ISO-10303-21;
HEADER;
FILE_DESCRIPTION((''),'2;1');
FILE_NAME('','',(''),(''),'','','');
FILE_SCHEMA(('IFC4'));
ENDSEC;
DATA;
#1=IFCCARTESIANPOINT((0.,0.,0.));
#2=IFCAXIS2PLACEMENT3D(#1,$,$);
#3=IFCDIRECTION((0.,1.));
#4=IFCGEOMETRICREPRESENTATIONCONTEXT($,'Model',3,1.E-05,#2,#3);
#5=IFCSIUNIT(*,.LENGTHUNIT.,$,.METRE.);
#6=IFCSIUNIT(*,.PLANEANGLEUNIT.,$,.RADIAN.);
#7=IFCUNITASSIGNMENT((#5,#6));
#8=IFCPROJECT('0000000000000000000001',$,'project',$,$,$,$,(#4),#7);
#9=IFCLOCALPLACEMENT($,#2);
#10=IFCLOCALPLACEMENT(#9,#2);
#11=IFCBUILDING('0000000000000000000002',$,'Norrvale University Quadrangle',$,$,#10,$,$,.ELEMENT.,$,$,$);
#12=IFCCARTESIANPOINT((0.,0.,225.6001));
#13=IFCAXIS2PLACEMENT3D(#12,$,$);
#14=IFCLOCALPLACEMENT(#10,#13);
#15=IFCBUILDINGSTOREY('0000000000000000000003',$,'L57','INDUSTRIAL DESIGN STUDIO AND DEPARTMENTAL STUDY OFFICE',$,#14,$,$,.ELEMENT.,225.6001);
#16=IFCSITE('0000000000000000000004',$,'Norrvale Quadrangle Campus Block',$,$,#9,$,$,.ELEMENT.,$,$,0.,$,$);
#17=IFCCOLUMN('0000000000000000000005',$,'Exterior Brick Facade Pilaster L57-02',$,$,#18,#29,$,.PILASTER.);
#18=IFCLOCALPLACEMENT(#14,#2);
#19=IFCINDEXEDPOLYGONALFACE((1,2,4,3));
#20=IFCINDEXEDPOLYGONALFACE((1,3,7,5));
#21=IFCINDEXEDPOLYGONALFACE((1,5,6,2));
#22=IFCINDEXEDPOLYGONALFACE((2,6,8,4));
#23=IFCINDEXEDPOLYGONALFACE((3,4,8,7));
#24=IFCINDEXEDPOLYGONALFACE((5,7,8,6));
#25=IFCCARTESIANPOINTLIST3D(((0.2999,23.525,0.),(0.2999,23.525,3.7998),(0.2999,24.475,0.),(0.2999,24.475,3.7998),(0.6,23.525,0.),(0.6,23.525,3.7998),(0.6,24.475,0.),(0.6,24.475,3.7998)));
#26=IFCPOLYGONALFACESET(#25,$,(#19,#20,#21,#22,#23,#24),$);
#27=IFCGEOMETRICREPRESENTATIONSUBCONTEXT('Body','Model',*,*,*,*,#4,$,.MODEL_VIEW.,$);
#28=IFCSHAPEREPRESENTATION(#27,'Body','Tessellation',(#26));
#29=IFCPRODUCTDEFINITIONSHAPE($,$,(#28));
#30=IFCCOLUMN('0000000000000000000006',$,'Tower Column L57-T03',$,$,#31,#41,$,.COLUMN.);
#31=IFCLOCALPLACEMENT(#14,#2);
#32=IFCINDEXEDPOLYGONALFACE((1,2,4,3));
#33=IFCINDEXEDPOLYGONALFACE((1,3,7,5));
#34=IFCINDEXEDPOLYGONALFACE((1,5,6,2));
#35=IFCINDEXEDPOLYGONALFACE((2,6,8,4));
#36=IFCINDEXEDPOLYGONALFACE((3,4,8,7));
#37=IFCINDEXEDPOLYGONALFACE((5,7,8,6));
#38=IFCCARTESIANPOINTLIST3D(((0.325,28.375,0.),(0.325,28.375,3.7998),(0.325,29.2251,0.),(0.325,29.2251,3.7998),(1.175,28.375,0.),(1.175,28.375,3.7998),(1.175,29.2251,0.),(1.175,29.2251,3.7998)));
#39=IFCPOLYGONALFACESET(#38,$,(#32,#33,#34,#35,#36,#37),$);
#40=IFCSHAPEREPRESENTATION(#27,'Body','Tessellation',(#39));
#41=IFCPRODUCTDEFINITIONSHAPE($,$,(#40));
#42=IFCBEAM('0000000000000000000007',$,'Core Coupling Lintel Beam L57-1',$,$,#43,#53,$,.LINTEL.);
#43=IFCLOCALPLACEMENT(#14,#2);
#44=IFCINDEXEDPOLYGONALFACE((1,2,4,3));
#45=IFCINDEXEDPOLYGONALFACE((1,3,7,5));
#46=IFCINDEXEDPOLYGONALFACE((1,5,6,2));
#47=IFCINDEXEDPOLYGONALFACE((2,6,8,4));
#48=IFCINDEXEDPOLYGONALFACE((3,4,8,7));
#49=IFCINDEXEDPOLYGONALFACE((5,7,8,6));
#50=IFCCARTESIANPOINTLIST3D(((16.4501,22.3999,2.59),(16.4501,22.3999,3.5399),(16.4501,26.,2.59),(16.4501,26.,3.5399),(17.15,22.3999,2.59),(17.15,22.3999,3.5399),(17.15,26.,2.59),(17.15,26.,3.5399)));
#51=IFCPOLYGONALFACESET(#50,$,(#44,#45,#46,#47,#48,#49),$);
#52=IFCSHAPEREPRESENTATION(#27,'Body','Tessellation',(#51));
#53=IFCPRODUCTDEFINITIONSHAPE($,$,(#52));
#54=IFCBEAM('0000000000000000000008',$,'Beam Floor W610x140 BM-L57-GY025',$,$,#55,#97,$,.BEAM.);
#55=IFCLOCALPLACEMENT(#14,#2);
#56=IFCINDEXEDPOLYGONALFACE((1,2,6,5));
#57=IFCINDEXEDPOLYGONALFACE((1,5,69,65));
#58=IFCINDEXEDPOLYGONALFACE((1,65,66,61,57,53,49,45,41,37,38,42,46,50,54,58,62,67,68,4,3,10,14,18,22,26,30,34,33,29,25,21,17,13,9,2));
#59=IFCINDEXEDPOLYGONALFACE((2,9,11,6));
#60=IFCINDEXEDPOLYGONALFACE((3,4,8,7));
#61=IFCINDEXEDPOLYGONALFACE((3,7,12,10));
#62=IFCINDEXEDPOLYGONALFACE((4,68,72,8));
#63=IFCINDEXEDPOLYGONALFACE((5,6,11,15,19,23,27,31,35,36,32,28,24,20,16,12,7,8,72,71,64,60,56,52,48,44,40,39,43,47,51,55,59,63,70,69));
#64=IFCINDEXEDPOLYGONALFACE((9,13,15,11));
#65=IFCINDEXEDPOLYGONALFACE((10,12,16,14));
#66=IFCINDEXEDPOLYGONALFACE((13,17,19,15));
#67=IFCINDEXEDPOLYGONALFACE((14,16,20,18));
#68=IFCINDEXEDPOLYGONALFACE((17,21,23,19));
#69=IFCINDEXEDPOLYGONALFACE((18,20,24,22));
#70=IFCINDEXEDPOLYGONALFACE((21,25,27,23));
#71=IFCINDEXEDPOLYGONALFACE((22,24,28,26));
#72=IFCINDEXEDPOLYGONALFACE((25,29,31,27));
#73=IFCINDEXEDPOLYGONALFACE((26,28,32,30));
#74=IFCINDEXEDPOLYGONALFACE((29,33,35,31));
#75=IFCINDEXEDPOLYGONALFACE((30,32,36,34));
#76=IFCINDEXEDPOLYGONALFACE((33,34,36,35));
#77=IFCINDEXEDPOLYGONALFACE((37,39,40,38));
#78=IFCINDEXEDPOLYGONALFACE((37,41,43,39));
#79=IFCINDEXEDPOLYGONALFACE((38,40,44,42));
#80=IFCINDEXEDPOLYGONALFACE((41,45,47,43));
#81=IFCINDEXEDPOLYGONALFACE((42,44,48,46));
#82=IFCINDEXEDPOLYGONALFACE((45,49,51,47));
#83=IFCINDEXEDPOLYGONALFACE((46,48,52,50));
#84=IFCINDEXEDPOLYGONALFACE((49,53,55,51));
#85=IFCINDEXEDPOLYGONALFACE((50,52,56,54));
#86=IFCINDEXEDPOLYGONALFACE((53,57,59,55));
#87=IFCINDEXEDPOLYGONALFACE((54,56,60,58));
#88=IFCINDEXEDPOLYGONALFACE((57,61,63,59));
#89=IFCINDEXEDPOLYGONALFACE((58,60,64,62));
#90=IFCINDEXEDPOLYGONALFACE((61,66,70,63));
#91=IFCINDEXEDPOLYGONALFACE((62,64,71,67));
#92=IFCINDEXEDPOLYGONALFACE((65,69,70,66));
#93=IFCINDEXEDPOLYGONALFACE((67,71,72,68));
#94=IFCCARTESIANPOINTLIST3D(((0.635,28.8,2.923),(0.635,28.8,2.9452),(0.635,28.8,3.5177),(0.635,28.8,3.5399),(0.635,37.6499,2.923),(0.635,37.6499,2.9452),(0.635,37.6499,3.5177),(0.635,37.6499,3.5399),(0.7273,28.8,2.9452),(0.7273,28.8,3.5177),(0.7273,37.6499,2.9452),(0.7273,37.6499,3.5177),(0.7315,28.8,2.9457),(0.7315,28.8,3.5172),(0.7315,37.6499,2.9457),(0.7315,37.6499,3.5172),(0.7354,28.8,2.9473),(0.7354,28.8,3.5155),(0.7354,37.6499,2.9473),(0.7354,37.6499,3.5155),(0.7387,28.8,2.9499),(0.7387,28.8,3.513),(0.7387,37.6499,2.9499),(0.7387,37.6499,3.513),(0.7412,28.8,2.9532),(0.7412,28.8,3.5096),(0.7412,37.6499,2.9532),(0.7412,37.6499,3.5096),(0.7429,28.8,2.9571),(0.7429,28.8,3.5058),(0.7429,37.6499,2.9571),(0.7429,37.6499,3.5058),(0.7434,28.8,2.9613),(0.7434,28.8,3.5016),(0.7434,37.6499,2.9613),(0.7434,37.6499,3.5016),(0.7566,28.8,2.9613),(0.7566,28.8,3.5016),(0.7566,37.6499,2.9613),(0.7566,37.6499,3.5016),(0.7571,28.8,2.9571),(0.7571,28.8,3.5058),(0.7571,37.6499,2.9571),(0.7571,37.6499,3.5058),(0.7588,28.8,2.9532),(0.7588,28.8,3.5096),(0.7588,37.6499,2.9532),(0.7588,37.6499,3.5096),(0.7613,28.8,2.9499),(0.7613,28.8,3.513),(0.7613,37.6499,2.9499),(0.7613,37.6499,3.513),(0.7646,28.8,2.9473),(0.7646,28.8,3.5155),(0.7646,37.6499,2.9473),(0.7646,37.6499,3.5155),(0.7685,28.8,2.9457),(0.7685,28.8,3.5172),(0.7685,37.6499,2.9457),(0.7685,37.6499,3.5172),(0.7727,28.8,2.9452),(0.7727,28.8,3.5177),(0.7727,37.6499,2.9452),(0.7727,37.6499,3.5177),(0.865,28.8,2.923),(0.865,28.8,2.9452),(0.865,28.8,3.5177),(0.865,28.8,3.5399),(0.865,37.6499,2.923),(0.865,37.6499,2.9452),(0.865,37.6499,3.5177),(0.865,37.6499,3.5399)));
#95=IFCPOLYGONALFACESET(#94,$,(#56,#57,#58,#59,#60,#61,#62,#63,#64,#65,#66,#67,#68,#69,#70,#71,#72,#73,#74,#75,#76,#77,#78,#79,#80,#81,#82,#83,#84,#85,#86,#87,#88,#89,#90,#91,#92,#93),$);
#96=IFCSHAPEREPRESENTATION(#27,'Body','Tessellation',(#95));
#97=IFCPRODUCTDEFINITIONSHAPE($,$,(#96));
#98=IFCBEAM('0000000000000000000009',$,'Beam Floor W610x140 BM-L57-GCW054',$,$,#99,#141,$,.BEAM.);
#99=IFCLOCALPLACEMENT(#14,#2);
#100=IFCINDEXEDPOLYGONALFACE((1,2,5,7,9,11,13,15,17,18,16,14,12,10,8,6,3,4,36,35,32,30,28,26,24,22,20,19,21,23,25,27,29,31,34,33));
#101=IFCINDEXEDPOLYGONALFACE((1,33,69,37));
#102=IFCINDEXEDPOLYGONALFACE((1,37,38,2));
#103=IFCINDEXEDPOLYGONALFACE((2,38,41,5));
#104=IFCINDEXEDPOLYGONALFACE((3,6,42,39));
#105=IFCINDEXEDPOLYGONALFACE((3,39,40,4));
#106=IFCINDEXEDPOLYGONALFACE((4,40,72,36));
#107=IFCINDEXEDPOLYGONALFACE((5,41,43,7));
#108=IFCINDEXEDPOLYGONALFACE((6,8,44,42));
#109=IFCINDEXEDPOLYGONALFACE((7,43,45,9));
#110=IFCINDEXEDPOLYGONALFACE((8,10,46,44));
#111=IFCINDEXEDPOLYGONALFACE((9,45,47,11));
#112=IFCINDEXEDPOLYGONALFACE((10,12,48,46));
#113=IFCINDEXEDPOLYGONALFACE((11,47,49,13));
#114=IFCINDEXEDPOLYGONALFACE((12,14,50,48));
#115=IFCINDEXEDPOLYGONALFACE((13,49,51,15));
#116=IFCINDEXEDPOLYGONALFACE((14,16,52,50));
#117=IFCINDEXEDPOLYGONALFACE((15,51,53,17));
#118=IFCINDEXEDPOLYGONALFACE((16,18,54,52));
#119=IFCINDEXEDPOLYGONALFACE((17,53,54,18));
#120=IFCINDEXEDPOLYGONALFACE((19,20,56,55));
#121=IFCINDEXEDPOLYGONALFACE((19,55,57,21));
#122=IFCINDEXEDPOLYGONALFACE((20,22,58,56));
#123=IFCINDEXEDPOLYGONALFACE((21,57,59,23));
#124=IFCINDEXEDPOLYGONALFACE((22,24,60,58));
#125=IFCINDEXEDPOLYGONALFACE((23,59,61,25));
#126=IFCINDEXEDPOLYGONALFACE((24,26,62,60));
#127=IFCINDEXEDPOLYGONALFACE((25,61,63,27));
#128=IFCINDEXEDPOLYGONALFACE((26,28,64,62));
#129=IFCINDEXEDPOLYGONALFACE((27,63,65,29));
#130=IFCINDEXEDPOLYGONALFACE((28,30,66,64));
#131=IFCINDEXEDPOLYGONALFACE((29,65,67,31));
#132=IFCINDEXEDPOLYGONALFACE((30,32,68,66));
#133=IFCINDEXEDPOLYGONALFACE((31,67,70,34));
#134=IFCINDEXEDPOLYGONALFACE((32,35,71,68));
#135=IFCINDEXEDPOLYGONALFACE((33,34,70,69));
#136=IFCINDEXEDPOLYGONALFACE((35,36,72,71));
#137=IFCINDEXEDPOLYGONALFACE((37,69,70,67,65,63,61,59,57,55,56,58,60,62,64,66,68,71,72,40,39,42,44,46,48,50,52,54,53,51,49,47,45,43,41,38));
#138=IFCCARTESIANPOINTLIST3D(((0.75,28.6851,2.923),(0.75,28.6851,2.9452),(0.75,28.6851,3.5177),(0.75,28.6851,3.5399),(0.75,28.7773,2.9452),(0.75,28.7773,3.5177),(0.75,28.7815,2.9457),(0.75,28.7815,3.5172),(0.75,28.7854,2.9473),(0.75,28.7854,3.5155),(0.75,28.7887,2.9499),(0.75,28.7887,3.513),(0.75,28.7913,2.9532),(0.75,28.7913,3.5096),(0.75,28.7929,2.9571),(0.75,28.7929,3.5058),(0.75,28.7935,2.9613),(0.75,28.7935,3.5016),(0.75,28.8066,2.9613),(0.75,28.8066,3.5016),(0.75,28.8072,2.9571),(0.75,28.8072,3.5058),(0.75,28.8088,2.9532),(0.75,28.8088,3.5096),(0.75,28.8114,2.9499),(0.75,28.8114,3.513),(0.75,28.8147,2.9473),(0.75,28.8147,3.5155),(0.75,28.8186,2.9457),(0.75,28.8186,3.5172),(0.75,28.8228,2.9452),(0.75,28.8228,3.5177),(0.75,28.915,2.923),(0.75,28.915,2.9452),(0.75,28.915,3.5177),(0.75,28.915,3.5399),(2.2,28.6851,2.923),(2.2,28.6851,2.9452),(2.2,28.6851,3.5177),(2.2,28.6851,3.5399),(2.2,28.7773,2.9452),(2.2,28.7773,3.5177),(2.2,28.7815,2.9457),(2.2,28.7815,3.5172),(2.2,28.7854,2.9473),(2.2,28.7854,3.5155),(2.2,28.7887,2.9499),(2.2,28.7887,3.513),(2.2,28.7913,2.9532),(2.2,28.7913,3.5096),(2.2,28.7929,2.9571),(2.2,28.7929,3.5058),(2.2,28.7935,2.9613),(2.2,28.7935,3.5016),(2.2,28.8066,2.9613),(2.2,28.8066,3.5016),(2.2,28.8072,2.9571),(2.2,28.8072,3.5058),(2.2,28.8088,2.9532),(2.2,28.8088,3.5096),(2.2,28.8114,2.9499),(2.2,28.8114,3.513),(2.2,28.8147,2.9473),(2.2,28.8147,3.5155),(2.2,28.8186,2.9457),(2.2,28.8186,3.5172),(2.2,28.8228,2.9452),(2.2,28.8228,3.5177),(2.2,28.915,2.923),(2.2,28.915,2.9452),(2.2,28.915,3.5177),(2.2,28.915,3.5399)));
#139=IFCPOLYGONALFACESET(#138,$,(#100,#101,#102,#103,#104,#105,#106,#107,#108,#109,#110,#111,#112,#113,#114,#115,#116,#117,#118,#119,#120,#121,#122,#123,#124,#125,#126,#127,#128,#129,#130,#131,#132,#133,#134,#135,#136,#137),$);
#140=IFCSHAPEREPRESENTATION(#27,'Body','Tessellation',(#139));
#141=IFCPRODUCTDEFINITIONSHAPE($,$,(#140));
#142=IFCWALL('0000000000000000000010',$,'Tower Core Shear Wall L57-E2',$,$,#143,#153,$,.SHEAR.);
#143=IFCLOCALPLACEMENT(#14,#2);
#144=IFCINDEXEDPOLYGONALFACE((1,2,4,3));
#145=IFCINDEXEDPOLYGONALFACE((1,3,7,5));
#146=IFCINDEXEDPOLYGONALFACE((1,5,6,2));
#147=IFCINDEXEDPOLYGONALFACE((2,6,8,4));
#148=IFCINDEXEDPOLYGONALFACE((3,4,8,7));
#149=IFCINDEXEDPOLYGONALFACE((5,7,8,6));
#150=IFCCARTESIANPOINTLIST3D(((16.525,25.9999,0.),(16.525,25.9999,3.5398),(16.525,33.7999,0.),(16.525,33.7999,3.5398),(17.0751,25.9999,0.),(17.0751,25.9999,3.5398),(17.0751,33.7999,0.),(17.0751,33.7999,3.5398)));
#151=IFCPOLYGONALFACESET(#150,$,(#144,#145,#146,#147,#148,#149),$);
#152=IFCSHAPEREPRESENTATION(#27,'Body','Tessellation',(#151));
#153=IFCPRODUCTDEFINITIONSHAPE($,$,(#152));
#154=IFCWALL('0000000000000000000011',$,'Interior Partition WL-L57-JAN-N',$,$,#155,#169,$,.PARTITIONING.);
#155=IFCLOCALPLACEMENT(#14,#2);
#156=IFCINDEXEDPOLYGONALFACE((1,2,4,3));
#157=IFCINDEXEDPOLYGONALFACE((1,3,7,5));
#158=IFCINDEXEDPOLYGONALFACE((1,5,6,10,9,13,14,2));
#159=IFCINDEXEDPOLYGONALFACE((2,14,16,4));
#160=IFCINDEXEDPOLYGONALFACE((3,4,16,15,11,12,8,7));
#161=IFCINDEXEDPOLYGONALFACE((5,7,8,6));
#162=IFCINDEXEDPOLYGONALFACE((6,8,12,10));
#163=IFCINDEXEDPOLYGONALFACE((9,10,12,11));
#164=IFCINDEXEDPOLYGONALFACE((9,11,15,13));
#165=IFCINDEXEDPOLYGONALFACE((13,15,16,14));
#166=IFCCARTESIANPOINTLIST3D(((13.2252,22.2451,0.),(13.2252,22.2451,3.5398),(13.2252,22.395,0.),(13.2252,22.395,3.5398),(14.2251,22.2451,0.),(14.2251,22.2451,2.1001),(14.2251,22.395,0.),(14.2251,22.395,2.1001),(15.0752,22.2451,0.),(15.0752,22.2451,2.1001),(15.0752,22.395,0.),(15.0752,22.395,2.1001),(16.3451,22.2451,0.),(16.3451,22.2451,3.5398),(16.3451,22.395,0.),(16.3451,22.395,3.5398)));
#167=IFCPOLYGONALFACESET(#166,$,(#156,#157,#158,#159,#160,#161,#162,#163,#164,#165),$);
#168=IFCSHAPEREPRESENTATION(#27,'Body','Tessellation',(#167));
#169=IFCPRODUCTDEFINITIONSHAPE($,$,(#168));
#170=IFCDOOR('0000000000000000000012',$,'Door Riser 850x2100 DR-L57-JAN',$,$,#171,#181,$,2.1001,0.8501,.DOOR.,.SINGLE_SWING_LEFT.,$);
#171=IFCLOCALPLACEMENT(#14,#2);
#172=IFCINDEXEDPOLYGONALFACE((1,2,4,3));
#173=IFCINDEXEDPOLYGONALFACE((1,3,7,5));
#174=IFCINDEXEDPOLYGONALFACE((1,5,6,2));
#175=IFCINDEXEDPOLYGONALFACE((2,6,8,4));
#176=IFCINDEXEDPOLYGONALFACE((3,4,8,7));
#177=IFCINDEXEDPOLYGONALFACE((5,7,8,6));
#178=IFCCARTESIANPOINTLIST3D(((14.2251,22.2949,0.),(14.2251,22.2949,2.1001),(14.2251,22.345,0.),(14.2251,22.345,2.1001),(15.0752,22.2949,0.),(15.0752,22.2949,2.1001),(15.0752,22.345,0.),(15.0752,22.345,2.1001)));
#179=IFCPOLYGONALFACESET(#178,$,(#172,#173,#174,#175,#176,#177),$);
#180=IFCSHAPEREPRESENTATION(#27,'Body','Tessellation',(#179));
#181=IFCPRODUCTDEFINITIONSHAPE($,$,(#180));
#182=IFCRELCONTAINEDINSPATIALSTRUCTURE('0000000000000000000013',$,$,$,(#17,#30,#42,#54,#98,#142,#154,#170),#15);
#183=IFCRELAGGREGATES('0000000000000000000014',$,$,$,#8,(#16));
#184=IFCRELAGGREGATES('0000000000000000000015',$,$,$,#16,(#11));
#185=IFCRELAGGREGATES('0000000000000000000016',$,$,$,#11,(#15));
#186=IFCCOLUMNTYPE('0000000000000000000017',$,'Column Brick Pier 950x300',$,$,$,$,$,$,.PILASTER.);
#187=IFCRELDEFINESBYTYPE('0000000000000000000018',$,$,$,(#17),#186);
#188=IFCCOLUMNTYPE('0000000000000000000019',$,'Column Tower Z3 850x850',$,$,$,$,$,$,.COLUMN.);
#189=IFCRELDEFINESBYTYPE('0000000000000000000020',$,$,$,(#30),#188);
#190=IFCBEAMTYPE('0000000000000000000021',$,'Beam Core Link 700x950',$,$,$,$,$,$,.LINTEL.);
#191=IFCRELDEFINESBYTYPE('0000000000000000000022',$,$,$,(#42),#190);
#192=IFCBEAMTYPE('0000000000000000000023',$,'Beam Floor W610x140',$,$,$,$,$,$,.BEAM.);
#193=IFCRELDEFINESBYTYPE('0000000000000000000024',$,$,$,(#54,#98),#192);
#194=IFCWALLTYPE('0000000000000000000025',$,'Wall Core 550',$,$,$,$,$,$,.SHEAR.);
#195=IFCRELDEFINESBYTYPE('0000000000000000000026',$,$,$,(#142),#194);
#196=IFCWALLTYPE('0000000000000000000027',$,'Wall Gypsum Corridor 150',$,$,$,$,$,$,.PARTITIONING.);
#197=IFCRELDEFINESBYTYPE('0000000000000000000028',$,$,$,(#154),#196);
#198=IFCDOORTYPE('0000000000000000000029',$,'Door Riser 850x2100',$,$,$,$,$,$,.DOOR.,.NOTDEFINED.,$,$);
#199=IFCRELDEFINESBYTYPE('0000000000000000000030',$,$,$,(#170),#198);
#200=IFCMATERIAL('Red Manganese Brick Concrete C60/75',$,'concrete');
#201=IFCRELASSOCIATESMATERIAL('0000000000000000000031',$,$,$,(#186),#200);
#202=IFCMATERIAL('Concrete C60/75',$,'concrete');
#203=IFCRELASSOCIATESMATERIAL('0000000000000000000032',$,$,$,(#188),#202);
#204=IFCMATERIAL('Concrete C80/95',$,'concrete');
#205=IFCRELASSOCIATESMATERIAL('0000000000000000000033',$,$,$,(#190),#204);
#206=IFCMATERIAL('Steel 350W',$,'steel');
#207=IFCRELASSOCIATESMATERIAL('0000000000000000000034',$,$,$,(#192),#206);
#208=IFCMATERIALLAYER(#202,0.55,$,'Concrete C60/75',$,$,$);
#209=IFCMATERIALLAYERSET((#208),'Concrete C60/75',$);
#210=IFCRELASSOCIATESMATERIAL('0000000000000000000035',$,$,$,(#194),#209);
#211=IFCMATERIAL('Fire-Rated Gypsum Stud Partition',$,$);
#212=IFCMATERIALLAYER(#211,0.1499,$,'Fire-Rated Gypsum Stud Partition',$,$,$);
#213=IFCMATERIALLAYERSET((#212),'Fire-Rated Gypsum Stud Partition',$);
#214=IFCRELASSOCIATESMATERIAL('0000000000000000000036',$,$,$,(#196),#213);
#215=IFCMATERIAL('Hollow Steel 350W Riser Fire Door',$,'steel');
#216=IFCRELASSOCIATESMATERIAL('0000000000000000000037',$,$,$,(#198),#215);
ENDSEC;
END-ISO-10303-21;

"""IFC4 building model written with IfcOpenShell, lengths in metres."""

from ifc_helpers import new_model, si_unit, direction, frame, frame_2d, origin, origin_2d, place, context, subcontext, project, spatial, rectangle, i_section, extrude, material, layer, layer_set, material_profile, profile_set, type_object, element, fill, save


model = new_model("IFC4")

# Units and contexts
model_context = context("Model", 3, precision=1e-05, world=origin(), true_north=direction((0.0, 1.0)))
body_context = subcontext(model_context, "Body", "Model", "MODEL_VIEW")
ifc_project = project(units=[si_unit("LENGTHUNIT", "METRE"), si_unit("PLANEANGLEUNIT", "RADIAN")], contexts=[model_context])

# Site, building, storey
site_placement = place(None, origin())
site = spatial("IfcSite", under=ifc_project, at=site_placement, Name="Norrvale Quadrangle Campus Block", CompositionType="ELEMENT", RefElevation=0.0)
building_placement = place(site_placement, origin())
building = spatial("IfcBuilding", under=site, at=building_placement, Name="Norrvale University Quadrangle", CompositionType="ELEMENT")
storey_placement = place(building_placement, frame((0.0, 0.0, 225.6001)))
storey = spatial("IfcBuildingStorey", under=building, at=storey_placement, Name="L57", Description="INDUSTRIAL DESIGN STUDIO AND DEPARTMENTAL STUDY OFFICE", CompositionType="ELEMENT", Elevation=225.6001)

# Columns
ifc_material_1 = material(Name="Red Manganese Brick Concrete C60/75", Category="concrete")
ifc_material_profile_1 = material_profile(ifc_material_1, rectangle(XDim=0.95, YDim=0.3, at=origin_2d()), Name="Red Manganese Brick Concrete C60/75")
ifc_profile_set_1 = profile_set([ifc_material_profile_1], Name="Red Manganese Brick Concrete C60/75")
column_type_1 = type_object("IfcColumnType", Name="Column Brick Pier 950x300", PredefinedType="PILASTER", material=ifc_profile_set_1)
column_1_placement = place(storey_placement, frame((0.45, 24.0, 0.0), z_axis=(0.0, 0.0, 1.0), x_axis=(0.0, 1.0, 0.0)))
element("IfcColumn", 1, at=column_1_placement, inside=storey, type_object=column_type_1, Name="Exterior Brick Facade Pilaster L57-02", PredefinedType="PILASTER", context=body_context, shape_type="SweptSolid", body=[
    extrude(rectangle(XDim=0.95, YDim=0.3, at=origin_2d()), origin(), (0.0, 0.0, 1.0), 3.7998),
])
ifc_material_2 = material(Name="Concrete C60/75", Category="concrete")
ifc_material_profile_2 = material_profile(ifc_material_2, rectangle(XDim=0.8501, YDim=0.8501, at=origin_2d()), Name="Concrete C60/75")
ifc_profile_set_2 = profile_set([ifc_material_profile_2], Name="Concrete C60/75")
column_type_2 = type_object("IfcColumnType", Name="Column Tower Z3 850x850", PredefinedType="COLUMN", material=ifc_profile_set_2)
column_2_placement = place(storey_placement, frame((0.75, 28.8, 0.0), z_axis=(0.0, 0.0, 1.0), x_axis=(1.0, 0.0, 0.0)))
element("IfcColumn", 2, at=column_2_placement, inside=storey, type_object=column_type_2, Name="Tower Column L57-T03", PredefinedType="COLUMN", context=body_context, shape_type="SweptSolid", body=[
    extrude(rectangle(XDim=0.8501, YDim=0.8501, at=origin_2d()), origin(), (0.0, 0.0, 1.0), 3.7998),
])

# Beams
ifc_material_3 = material(Name="Concrete C80/95", Category="concrete")
ifc_material_profile_3 = material_profile(ifc_material_3, rectangle(XDim=0.7, YDim=0.95, at=origin_2d()), Name="Concrete C80/95")
ifc_profile_set_3 = profile_set([ifc_material_profile_3], Name="Concrete C80/95")
beam_type_1 = type_object("IfcBeamType", Name="Beam Core Link 700x950", PredefinedType="LINTEL", material=ifc_profile_set_3)
beam_1_placement = place(storey_placement, frame((16.8, 22.3999, 3.0649), z_axis=(0.0, 1.0, 0.0), x_axis=(-1.0, 0.0, 0.0)))
element("IfcBeam", 3, at=beam_1_placement, inside=storey, type_object=beam_type_1, Name="Core Coupling Lintel Beam L57-1", PredefinedType="LINTEL", context=body_context, shape_type="SweptSolid", body=[
    extrude(rectangle(XDim=0.7, YDim=0.95, at=origin_2d()), origin(), (0.0, 0.0, 1.0), 3.6001),
])
ifc_material_4 = material(Name="Steel 350W", Category="steel")
ifc_material_profile_4 = material_profile(ifc_material_4, i_section(OverallWidth=0.23, OverallDepth=0.6169, WebThickness=0.0132, FlangeThickness=0.0222, FilletRadius=0.0161, at=origin_2d()), Name="Steel 350W")
ifc_profile_set_4 = profile_set([ifc_material_profile_4], Name="Steel 350W")
beam_type_2 = type_object("IfcBeamType", Name="Beam Floor W610x140", PredefinedType="BEAM", material=ifc_profile_set_4)
beam_2_placement = place(storey_placement, frame((0.75, 28.8, 3.2314), z_axis=(0.0, 1.0, 0.0), x_axis=(-1.0, 0.0, 0.0)))
element("IfcBeam", 4, at=beam_2_placement, inside=storey, type_object=beam_type_2, Name="Beam Floor W610x140 BM-L57-GY025", PredefinedType="BEAM", context=body_context, shape_type="SweptSolid", body=[
    extrude(i_section(OverallWidth=0.23, OverallDepth=0.6169, WebThickness=0.0132, FlangeThickness=0.0222, FilletRadius=0.0161, at=origin_2d()), origin(), (0.0, 0.0, 1.0), 8.8499),
])
beam_3_placement = place(storey_placement, frame((0.75, 28.8, 3.2314), z_axis=(1.0, 0.0, 0.0), x_axis=(0.0, 1.0, 0.0)))
element("IfcBeam", 5, at=beam_3_placement, inside=storey, type_object=beam_type_2, Name="Beam Floor W610x140 BM-L57-GCW054", PredefinedType="BEAM", context=body_context, shape_type="SweptSolid", body=[
    extrude(i_section(OverallWidth=0.23, OverallDepth=0.6169, WebThickness=0.0132, FlangeThickness=0.0222, FilletRadius=0.0161, at=origin_2d()), origin(), (0.0, 0.0, 1.0), 1.45),
])

# Wall
ifc_layer_1 = layer(ifc_material_2, 0.55, Name="Concrete C60/75")
ifc_layer_set_1 = layer_set([ifc_layer_1], Name="Concrete C60/75")
wall_type_1 = type_object("IfcWallType", Name="Wall Core 550", PredefinedType="SHEAR", material=ifc_layer_set_1)
wall_1_placement = place(storey_placement, frame((16.8, 26.0, 0.0), z_axis=(0.0, 0.0, 1.0), x_axis=(0.0, 1.0, 0.0)))
element("IfcWall", 6, at=wall_1_placement, inside=storey, type_object=wall_type_1, Name="Tower Core Shear Wall L57-E2", PredefinedType="SHEAR", context=body_context, shape_type="SweptSolid", body=[
    extrude(rectangle(XDim=7.8, YDim=0.55, at=frame_2d((3.8999, 0.0))), origin(), (0.0, 0.0, 1.0), 3.5398),
])

# Wall, opening, door
ifc_material_5 = material(Name="Fire-Rated Gypsum Stud Partition")
ifc_layer_2 = layer(ifc_material_5, 0.1499, Name="Fire-Rated Gypsum Stud Partition")
ifc_layer_set_2 = layer_set([ifc_layer_2], Name="Fire-Rated Gypsum Stud Partition")
wall_type_2 = type_object("IfcWallType", Name="Wall Gypsum Corridor 150", PredefinedType="PARTITIONING", material=ifc_layer_set_2)
wall_2_placement = place(storey_placement, frame((13.2251, 22.3201, 0.0), z_axis=(0.0, 0.0, 1.0), x_axis=(1.0, 0.0, 0.0)))
wall_2 = element("IfcWall", 7, at=wall_2_placement, inside=storey, type_object=wall_type_2, Name="Interior Partition WL-L57-JAN-N", PredefinedType="PARTITIONING", context=body_context, shape_type="SweptSolid", body=[
    extrude(rectangle(XDim=3.1199, YDim=0.1499, at=frame_2d((1.5601, 0.0))), origin(), (0.0, 0.0, 1.0), 3.5398),
])
opening_1_placement = place(wall_2_placement, frame((1.0, 0.0, 0.0)))
opening_1 = element("IfcOpeningElement", 8, at=opening_1_placement, cuts=wall_2, PredefinedType="OPENING", context=body_context, shape_type="SweptSolid", body=[
    extrude(rectangle(XDim=0.8501, YDim=2.1001, at=frame_2d((0.425, 1.05))), frame((0.0, 0.0869, 0.0), z_axis=(0.0, -1.0, 0.0), x_axis=(1.0, 0.0, 0.0)), (0.0, 0.0, 1.0), 0.1738),
])
ifc_material_6 = material(Name="Hollow Steel 350W Riser Fire Door", Category="steel")
door_type_1 = type_object("IfcDoorType", Name="Door Riser 850x2100", OperationType="NOTDEFINED", PredefinedType="DOOR", material=ifc_material_6)
door_1_placement = place(opening_1_placement, origin())
door_1 = element("IfcDoor", 9, at=door_1_placement, inside=storey, type_object=door_type_1, Name="Door Riser 850x2100 DR-L57-JAN", OperationType="SINGLE_SWING_LEFT", OverallHeight=2.1001, OverallWidth=0.8501, PredefinedType="DOOR", context=body_context, shape_type="SweptSolid", body=[
    extrude(rectangle(XDim=0.8501, YDim=2.1001, at=frame_2d((0.425, 1.05))), frame((0.0, 0.0249, 0.0), z_axis=(0.0, -1.0, 0.0), x_axis=(1.0, 0.0, 0.0)), (0.0, 0.0, 1.0), 0.05),
])
fill(opening_1, door_1)

save(model, "model.ifc")
